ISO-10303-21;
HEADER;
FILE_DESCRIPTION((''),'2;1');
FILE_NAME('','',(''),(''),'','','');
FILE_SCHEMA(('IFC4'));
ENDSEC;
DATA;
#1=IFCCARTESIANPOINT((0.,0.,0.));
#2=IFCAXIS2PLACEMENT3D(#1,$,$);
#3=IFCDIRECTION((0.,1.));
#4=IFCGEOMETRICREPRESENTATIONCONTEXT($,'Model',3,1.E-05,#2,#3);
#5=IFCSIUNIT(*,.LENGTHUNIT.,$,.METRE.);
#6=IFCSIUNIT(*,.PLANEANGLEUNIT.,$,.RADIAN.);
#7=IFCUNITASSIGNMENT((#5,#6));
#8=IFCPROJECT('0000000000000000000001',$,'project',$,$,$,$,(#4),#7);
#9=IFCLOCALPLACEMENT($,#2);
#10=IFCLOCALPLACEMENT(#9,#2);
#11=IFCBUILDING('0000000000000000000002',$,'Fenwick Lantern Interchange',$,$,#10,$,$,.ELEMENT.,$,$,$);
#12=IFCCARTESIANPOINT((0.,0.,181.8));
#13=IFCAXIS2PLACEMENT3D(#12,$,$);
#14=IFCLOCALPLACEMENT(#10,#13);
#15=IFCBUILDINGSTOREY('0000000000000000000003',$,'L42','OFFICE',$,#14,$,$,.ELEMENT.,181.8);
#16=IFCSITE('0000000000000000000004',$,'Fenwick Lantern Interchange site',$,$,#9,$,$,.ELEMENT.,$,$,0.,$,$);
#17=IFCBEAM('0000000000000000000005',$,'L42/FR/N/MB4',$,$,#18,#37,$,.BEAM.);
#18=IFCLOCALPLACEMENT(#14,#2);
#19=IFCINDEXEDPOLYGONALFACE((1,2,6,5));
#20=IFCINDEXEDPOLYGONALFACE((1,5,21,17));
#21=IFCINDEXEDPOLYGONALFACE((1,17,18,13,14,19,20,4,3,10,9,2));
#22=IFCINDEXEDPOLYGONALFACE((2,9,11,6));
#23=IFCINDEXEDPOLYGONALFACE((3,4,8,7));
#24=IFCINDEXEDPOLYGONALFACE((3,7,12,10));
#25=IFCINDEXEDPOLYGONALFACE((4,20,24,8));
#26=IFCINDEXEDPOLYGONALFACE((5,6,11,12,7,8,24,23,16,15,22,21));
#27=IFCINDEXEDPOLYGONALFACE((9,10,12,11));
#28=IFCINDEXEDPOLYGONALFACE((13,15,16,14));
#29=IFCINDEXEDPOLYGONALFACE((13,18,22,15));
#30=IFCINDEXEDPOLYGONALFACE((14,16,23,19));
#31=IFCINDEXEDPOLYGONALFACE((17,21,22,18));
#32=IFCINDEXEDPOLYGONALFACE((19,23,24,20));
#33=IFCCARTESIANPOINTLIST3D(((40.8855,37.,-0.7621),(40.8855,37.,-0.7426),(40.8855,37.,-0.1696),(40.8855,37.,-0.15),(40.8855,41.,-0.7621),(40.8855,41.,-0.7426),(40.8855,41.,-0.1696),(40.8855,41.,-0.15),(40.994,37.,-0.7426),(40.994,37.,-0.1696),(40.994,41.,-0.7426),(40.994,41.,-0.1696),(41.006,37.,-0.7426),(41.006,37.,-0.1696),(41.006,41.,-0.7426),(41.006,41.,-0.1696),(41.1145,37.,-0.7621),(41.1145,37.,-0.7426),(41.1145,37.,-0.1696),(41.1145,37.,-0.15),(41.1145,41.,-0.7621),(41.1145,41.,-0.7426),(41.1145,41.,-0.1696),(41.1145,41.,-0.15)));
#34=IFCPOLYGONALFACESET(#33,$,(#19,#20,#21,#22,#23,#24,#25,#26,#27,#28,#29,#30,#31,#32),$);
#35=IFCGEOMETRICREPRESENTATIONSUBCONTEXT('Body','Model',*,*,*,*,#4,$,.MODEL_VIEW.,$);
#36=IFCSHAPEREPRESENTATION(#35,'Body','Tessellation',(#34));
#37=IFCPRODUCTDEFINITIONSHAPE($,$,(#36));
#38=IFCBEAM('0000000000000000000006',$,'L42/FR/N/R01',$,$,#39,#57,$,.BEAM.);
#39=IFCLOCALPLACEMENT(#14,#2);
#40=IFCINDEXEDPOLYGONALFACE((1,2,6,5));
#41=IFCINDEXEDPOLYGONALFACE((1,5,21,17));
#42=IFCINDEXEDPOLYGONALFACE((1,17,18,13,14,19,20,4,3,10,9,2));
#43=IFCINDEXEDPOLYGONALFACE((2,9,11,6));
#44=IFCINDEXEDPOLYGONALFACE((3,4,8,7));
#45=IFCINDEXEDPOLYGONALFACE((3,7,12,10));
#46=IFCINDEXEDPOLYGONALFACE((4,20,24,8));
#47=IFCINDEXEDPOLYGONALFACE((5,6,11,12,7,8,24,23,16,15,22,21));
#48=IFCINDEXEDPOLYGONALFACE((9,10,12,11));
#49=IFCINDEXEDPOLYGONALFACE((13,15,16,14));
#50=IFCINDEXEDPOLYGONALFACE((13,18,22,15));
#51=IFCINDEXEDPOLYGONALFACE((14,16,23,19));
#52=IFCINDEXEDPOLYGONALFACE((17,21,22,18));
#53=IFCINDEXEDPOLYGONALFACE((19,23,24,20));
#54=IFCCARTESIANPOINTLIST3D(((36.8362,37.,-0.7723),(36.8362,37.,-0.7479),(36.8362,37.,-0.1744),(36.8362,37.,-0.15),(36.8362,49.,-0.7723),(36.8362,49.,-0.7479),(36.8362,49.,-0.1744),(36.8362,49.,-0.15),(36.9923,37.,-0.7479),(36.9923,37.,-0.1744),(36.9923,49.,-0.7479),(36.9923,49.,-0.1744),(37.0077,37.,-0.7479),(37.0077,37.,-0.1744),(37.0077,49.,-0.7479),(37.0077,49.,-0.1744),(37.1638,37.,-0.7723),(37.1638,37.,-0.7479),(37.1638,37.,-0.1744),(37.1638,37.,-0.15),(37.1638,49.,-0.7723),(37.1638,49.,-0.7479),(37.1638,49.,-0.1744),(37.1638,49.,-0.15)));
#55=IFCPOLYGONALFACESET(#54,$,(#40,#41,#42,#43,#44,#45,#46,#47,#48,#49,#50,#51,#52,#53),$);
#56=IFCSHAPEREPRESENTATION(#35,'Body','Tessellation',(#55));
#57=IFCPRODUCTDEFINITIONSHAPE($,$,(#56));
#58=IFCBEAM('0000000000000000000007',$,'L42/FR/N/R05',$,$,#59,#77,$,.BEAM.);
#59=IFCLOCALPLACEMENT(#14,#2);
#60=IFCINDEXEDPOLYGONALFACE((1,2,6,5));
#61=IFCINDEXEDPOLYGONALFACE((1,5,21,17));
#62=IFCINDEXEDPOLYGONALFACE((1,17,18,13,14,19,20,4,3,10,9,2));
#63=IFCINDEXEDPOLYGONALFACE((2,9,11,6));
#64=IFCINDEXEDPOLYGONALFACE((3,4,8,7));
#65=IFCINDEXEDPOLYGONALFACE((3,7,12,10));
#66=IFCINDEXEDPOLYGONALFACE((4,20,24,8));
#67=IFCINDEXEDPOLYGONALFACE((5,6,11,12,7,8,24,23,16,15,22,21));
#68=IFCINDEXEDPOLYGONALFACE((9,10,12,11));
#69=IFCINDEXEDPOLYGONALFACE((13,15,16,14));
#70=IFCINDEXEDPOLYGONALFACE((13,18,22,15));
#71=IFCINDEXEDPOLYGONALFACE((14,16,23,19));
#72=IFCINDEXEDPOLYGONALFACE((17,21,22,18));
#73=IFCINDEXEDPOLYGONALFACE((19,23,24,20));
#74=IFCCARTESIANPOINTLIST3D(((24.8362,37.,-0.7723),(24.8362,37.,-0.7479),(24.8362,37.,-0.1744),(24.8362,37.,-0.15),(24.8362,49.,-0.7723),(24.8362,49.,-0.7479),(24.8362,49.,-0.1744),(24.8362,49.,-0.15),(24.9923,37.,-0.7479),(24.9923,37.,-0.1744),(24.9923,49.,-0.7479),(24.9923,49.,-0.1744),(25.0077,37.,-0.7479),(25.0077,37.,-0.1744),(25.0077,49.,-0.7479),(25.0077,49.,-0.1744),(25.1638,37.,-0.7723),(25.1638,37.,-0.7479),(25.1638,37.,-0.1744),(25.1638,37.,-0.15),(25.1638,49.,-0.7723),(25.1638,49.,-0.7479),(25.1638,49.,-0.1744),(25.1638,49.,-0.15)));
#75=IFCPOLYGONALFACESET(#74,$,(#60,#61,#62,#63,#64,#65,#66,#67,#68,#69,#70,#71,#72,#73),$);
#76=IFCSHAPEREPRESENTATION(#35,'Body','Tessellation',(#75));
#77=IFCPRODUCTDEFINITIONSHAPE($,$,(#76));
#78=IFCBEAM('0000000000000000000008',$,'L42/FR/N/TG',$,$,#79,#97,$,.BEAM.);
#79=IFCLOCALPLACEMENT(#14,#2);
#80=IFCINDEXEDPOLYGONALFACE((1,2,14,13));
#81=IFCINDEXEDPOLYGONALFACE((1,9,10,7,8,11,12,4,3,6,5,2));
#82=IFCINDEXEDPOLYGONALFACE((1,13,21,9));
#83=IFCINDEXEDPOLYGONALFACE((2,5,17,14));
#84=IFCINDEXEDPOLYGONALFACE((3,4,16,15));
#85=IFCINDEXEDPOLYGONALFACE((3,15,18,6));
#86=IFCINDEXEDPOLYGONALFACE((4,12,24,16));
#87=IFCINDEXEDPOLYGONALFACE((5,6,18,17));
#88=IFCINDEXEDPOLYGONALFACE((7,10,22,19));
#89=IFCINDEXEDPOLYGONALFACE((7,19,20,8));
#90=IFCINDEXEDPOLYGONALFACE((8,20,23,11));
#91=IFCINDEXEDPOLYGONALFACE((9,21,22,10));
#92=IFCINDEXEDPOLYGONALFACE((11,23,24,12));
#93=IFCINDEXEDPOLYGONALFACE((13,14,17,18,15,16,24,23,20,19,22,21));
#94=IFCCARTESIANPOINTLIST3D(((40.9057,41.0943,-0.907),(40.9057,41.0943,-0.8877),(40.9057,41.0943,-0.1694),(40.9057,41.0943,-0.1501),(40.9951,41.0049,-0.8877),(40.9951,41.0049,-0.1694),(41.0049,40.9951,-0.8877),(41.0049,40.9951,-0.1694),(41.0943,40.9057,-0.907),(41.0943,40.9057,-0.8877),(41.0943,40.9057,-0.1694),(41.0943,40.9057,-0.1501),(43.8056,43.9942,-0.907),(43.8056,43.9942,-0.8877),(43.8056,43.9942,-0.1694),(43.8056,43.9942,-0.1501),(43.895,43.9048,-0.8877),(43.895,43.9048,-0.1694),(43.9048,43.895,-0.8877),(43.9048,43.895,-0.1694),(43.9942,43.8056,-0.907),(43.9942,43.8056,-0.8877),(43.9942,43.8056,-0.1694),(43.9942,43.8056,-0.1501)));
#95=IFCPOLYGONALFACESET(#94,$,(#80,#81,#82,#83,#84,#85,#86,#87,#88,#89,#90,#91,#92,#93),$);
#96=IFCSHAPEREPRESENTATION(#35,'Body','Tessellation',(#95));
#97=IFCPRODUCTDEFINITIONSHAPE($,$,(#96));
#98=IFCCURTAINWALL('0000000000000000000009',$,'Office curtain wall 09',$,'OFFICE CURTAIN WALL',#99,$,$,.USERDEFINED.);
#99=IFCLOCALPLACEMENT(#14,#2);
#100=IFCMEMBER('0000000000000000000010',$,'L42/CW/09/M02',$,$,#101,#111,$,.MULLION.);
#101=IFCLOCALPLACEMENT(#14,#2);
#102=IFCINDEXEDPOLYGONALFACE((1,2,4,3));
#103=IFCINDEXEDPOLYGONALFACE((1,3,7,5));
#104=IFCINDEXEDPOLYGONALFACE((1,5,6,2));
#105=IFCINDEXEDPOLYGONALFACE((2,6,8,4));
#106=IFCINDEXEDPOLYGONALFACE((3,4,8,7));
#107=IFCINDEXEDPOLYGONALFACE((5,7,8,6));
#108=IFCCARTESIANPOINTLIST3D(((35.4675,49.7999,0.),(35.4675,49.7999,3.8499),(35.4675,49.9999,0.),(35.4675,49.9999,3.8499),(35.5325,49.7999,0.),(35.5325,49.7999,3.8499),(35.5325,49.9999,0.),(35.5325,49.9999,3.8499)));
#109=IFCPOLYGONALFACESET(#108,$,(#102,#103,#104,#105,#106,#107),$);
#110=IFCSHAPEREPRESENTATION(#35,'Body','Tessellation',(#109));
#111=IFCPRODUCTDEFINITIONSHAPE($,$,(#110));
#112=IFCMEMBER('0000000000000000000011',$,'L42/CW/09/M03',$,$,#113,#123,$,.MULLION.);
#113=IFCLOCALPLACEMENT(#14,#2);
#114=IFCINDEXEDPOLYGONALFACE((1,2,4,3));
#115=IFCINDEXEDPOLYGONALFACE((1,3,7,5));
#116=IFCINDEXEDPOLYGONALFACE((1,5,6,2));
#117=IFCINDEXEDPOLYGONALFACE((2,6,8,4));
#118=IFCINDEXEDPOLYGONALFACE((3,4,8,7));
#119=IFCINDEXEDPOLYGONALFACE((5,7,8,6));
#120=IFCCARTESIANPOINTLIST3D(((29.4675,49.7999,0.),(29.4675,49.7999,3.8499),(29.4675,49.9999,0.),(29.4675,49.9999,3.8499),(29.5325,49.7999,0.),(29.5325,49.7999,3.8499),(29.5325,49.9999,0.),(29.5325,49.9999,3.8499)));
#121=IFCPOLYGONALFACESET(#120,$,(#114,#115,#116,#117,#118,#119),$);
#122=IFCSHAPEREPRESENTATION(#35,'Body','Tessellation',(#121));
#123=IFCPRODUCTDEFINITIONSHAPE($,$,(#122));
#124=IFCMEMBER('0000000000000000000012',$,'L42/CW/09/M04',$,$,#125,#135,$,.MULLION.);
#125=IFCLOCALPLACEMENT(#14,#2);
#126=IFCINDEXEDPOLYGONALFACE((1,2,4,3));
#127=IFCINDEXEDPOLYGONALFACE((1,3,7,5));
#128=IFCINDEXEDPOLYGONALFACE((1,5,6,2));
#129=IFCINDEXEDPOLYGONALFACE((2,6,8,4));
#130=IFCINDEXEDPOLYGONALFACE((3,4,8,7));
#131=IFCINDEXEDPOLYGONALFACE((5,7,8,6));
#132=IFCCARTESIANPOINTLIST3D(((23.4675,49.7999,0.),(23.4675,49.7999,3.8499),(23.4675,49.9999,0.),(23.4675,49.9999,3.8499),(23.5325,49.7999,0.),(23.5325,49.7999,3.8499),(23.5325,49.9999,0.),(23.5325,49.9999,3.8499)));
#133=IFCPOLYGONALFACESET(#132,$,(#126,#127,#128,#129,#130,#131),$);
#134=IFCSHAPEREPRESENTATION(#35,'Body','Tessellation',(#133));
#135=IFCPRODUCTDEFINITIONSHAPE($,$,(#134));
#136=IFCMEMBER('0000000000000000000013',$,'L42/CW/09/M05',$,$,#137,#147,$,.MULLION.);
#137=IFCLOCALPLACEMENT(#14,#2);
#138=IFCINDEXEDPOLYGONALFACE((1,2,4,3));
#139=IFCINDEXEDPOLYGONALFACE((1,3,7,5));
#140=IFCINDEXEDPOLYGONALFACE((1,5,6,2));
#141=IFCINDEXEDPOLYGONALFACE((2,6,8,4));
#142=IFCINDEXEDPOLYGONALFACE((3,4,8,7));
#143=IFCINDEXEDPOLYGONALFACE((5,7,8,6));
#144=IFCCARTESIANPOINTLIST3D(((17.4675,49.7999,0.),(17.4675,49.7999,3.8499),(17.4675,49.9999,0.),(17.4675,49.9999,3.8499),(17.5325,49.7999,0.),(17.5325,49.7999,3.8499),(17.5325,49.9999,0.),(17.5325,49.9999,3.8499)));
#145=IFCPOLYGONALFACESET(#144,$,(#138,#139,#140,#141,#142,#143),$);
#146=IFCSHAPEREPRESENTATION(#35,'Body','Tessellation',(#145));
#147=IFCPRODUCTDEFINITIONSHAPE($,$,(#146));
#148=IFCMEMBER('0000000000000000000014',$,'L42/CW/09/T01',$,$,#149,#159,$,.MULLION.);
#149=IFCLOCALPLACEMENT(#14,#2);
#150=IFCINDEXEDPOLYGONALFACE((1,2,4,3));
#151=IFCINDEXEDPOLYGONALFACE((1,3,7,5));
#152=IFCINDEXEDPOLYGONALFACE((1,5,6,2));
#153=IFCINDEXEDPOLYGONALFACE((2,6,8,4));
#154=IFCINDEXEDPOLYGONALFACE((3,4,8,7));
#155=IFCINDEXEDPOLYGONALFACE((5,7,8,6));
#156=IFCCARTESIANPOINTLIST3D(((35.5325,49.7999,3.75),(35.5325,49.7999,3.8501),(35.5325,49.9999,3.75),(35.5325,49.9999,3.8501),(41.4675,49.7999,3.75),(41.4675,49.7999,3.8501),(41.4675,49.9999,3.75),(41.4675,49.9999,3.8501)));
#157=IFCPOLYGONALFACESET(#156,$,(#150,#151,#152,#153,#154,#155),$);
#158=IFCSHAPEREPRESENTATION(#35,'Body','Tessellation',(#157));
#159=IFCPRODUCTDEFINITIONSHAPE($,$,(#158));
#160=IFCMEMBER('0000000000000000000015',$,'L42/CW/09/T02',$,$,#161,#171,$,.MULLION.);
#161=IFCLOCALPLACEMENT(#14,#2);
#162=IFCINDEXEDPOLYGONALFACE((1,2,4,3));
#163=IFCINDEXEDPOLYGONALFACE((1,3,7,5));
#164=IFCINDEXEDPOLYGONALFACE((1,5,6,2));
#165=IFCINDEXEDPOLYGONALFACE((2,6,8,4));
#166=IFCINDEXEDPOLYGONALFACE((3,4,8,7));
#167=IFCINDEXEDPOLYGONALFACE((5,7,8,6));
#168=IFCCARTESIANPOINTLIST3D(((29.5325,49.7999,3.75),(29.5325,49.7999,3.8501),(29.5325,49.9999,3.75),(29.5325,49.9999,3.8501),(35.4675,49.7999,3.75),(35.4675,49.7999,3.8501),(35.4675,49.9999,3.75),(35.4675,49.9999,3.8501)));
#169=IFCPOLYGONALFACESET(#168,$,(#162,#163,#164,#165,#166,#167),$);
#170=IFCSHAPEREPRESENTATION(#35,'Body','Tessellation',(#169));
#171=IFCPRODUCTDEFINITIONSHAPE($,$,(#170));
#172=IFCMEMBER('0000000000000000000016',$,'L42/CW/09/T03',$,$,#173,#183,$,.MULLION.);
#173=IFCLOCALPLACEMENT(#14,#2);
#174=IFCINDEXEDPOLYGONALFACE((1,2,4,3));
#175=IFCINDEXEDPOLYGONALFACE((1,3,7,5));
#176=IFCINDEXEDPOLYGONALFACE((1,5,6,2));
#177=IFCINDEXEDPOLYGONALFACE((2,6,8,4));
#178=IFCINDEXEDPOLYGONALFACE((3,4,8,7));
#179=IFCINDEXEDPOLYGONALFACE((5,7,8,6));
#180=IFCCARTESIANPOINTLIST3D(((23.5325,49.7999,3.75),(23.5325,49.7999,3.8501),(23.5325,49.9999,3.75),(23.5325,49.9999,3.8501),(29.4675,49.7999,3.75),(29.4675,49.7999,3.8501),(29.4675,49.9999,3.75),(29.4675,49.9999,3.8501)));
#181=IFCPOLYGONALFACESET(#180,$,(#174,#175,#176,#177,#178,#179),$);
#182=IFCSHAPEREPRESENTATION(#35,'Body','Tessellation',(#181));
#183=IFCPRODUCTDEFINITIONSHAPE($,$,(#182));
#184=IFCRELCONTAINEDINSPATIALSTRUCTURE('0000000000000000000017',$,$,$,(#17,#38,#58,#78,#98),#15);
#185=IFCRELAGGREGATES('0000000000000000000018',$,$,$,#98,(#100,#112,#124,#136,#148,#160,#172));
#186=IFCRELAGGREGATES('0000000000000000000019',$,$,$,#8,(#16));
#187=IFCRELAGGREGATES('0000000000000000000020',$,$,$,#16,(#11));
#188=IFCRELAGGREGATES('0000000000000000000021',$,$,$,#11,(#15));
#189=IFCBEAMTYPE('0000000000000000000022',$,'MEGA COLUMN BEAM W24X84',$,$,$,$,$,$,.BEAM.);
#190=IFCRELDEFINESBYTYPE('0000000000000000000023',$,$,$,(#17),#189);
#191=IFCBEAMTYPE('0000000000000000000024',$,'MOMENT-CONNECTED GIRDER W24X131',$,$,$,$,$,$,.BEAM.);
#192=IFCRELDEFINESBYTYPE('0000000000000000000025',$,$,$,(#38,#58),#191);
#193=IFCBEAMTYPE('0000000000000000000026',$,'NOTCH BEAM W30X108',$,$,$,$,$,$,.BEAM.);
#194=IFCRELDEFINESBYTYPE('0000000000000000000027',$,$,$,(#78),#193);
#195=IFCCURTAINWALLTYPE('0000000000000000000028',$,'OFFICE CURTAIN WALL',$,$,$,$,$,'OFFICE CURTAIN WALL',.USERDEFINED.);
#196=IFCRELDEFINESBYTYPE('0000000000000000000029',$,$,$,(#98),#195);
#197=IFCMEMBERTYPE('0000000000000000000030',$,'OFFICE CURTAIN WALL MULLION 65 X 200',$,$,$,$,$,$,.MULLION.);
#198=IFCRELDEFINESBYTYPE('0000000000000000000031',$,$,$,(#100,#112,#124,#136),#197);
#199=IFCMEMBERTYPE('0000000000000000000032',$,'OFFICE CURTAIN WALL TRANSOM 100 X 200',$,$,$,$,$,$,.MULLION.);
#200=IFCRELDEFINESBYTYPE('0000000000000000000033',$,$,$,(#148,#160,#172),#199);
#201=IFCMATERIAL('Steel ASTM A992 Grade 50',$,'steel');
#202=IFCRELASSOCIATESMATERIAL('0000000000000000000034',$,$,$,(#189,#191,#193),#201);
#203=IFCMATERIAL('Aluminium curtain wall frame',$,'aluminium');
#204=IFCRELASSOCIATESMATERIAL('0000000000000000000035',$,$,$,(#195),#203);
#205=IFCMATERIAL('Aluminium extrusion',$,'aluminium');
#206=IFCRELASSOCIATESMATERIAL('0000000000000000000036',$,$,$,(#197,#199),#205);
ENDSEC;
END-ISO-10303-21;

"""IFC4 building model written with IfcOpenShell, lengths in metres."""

from ifc_helpers import new_model, si_unit, direction, frame, origin, origin_2d, place, context, subcontext, project, spatial, rectangle, i_section, extrude, material, material_profile, profile_set, type_object, element, aggregate, save


model = new_model("IFC4")

# Units and contexts
model_context = context("Model", 3, precision=1e-05, world=origin(), true_north=direction((0.0, 1.0)))
body_context = subcontext(model_context, "Body", "Model", "MODEL_VIEW")
ifc_project = project(units=[si_unit("LENGTHUNIT", "METRE"), si_unit("PLANEANGLEUNIT", "RADIAN")], contexts=[model_context])

# Site, building, storey
site_placement = place(None, origin())
site = spatial("IfcSite", under=ifc_project, at=site_placement, Name="Fenwick Lantern Interchange site", CompositionType="ELEMENT", RefElevation=0.0)
building_placement = place(site_placement, origin())
building = spatial("IfcBuilding", under=site, at=building_placement, Name="Fenwick Lantern Interchange", CompositionType="ELEMENT")
storey_placement = place(building_placement, frame((0.0, 0.0, 181.8)))
storey = spatial("IfcBuildingStorey", under=building, at=storey_placement, Name="L42", Description="OFFICE", CompositionType="ELEMENT", Elevation=181.8)

# Beams
ifc_material_1 = material(Name="Steel ASTM A992 Grade 50", Category="steel")
ifc_material_profile_1 = material_profile(ifc_material_1, i_section(OverallWidth=0.229, OverallDepth=0.6121, WebThickness=0.012, FlangeThickness=0.0195, at=origin_2d()), Name="W24X84")
ifc_profile_set_1 = profile_set([ifc_material_profile_1], Name="Steel ASTM A992 Grade 50")
beam_type_1 = type_object("IfcBeamType", Name="MEGA COLUMN BEAM W24X84", PredefinedType="BEAM", material=ifc_profile_set_1)
beam_1_placement = place(storey_placement, frame((41.0, 41.0, -0.4561), z_axis=(0.0, -1.0, 0.0), x_axis=(1.0, 0.0, 0.0)))
element("IfcBeam", 1, at=beam_1_placement, inside=storey, type_object=beam_type_1, Name="L42/FR/N/MB4", PredefinedType="BEAM", context=body_context, shape_type="SweptSolid", body=[
    extrude(i_section(OverallWidth=0.229, OverallDepth=0.6121, WebThickness=0.012, FlangeThickness=0.0195, at=origin_2d()), origin(), (0.0, 0.0, 1.0), 4.0),
])
ifc_material_profile_2 = material_profile(ifc_material_1, i_section(OverallWidth=0.3276, OverallDepth=0.6223, WebThickness=0.0154, FlangeThickness=0.0244, at=origin_2d()), Name="W24X131")
ifc_profile_set_2 = profile_set([ifc_material_profile_2], Name="Steel ASTM A992 Grade 50")
beam_type_2 = type_object("IfcBeamType", Name="MOMENT-CONNECTED GIRDER W24X131", PredefinedType="BEAM", material=ifc_profile_set_2)
for number, where, z_axis, x_axis, name in (
    (2, (37.0, 49.0, -0.4612), (0.0, -1.0, 0.0), (1.0, 0.0, 0.0), "L42/FR/N/R01"),
    (3, (25.0, 49.0, -0.4612), (0.0, -1.0, 0.0), (1.0, 0.0, 0.0), "L42/FR/N/R05"),
):
    element("IfcBeam", number, at=place(storey_placement, frame(where, z_axis=z_axis, x_axis=x_axis)), inside=storey, type_object=beam_type_2, Name=name, PredefinedType="BEAM", context=body_context, shape_type="SweptSolid", body=[
        extrude(i_section(OverallWidth=0.3276, OverallDepth=0.6223, WebThickness=0.0154, FlangeThickness=0.0244, at=origin_2d()), origin(), (0.0, 0.0, 1.0), 12.0),
    ])
ifc_material_profile_3 = material_profile(ifc_material_1, i_section(OverallWidth=0.2666, OverallDepth=0.7568, WebThickness=0.0139, FlangeThickness=0.0193, at=origin_2d()), Name="W30X108")
ifc_profile_set_3 = profile_set([ifc_material_profile_3], Name="Steel ASTM A992 Grade 50")
beam_type_3 = type_object("IfcBeamType", Name="NOTCH BEAM W30X108", PredefinedType="BEAM", material=ifc_profile_set_3)
beam_2_placement = place(storey_placement, frame((41.0, 41.0, -0.5286), z_axis=(0.707107, 0.707107, 0.0), x_axis=(-0.707107, 0.707107, 0.0)))
element("IfcBeam", 4, at=beam_2_placement, inside=storey, type_object=beam_type_3, Name="L42/FR/N/TG", PredefinedType="BEAM", context=body_context, shape_type="SweptSolid", body=[
    extrude(i_section(OverallWidth=0.2666, OverallDepth=0.7568, WebThickness=0.0139, FlangeThickness=0.0193, at=origin_2d()), origin(), (0.0, 0.0, 1.0), 4.1011),
])

# Curtain wall, members
ifc_material_2 = material(Name="Aluminium curtain wall frame", Category="aluminium")
curtain_wall_type = type_object("IfcCurtainWallType", Name="OFFICE CURTAIN WALL", ElementType="OFFICE CURTAIN WALL", PredefinedType="USERDEFINED", material=ifc_material_2)
curtain_wall_placement = place(storey_placement, origin())
curtain_wall = element("IfcCurtainWall", 5, at=curtain_wall_placement, inside=storey, type_object=curtain_wall_type, Name="Office curtain wall 09", ObjectType="OFFICE CURTAIN WALL", PredefinedType="USERDEFINED")
ifc_material_3 = material(Name="Aluminium extrusion", Category="aluminium")
ifc_material_profile_4 = material_profile(ifc_material_3, rectangle(XDim=0.2, YDim=0.0649, at=origin_2d()), Name="OFFICE CURTAIN WALL MULLION 65 X 200")
ifc_profile_set_4 = profile_set([ifc_material_profile_4], Name="Aluminium extrusion")
member_type_1 = type_object("IfcMemberType", Name="OFFICE CURTAIN WALL MULLION 65 X 200", PredefinedType="MULLION", material=ifc_profile_set_4)
member_1_placement = place(storey_placement, frame((35.5, 49.8999, 0.0), z_axis=(0.0, 0.0, 1.0), x_axis=(0.0, -1.0, 0.0)))
member_1 = element("IfcMember", 6, at=member_1_placement, type_object=member_type_1, Name="L42/CW/09/M02", PredefinedType="MULLION", context=body_context, shape_type="SweptSolid", body=[
    extrude(rectangle(XDim=0.2, YDim=0.0649, at=origin_2d()), origin(), (0.0, 0.0, 1.0), 3.8499),
])
member_2_placement = place(storey_placement, frame((29.5, 49.8999, 0.0), z_axis=(0.0, 0.0, 1.0), x_axis=(0.0, -1.0, 0.0)))
member_2 = element("IfcMember", 7, at=member_2_placement, type_object=member_type_1, Name="L42/CW/09/M03", PredefinedType="MULLION", context=body_context, shape_type="SweptSolid", body=[
    extrude(rectangle(XDim=0.2, YDim=0.0649, at=origin_2d()), origin(), (0.0, 0.0, 1.0), 3.8499),
])
member_3_placement = place(storey_placement, frame((23.5, 49.8999, 0.0), z_axis=(0.0, 0.0, 1.0), x_axis=(0.0, -1.0, 0.0)))
member_3 = element("IfcMember", 8, at=member_3_placement, type_object=member_type_1, Name="L42/CW/09/M04", PredefinedType="MULLION", context=body_context, shape_type="SweptSolid", body=[
    extrude(rectangle(XDim=0.2, YDim=0.0649, at=origin_2d()), origin(), (0.0, 0.0, 1.0), 3.8499),
])
member_4_placement = place(storey_placement, frame((17.5, 49.8999, 0.0), z_axis=(0.0, 0.0, 1.0), x_axis=(0.0, -1.0, 0.0)))
member_4 = element("IfcMember", 9, at=member_4_placement, type_object=member_type_1, Name="L42/CW/09/M05", PredefinedType="MULLION", context=body_context, shape_type="SweptSolid", body=[
    extrude(rectangle(XDim=0.2, YDim=0.0649, at=origin_2d()), origin(), (0.0, 0.0, 1.0), 3.8499),
])
ifc_material_profile_5 = material_profile(ifc_material_3, rectangle(XDim=0.2, YDim=0.1001, at=origin_2d()), Name="OFFICE CURTAIN WALL TRANSOM 100 X 200")
ifc_profile_set_5 = profile_set([ifc_material_profile_5], Name="Aluminium extrusion")
member_type_2 = type_object("IfcMemberType", Name="OFFICE CURTAIN WALL TRANSOM 100 X 200", PredefinedType="MULLION", material=ifc_profile_set_5)
member_5_placement = place(storey_placement, frame((41.4675, 49.8999, 3.8), z_axis=(-1.0, 0.0, 0.0), x_axis=(0.0, -1.0, 0.0)))
member_5 = element("IfcMember", 10, at=member_5_placement, type_object=member_type_2, Name="L42/CW/09/T01", PredefinedType="MULLION", context=body_context, shape_type="SweptSolid", body=[
    extrude(rectangle(XDim=0.2, YDim=0.1001, at=origin_2d()), origin(), (0.0, 0.0, 1.0), 5.9351),
])
member_6_placement = place(storey_placement, frame((35.4675, 49.8999, 3.8), z_axis=(-1.0, 0.0, 0.0), x_axis=(0.0, -1.0, 0.0)))
member_6 = element("IfcMember", 11, at=member_6_placement, type_object=member_type_2, Name="L42/CW/09/T02", PredefinedType="MULLION", context=body_context, shape_type="SweptSolid", body=[
    extrude(rectangle(XDim=0.2, YDim=0.1001, at=origin_2d()), origin(), (0.0, 0.0, 1.0), 5.9351),
])
member_7_placement = place(storey_placement, frame((29.4675, 49.8999, 3.8), z_axis=(-1.0, 0.0, 0.0), x_axis=(0.0, -1.0, 0.0)))
member_7 = element("IfcMember", 12, at=member_7_placement, type_object=member_type_2, Name="L42/CW/09/T03", PredefinedType="MULLION", context=body_context, shape_type="SweptSolid", body=[
    extrude(rectangle(XDim=0.2, YDim=0.1001, at=origin_2d()), origin(), (0.0, 0.0, 1.0), 5.9351),
])
aggregate(curtain_wall, [member_1, member_2, member_3, member_4, member_5, member_6, member_7])

save(model, "model.ifc")
